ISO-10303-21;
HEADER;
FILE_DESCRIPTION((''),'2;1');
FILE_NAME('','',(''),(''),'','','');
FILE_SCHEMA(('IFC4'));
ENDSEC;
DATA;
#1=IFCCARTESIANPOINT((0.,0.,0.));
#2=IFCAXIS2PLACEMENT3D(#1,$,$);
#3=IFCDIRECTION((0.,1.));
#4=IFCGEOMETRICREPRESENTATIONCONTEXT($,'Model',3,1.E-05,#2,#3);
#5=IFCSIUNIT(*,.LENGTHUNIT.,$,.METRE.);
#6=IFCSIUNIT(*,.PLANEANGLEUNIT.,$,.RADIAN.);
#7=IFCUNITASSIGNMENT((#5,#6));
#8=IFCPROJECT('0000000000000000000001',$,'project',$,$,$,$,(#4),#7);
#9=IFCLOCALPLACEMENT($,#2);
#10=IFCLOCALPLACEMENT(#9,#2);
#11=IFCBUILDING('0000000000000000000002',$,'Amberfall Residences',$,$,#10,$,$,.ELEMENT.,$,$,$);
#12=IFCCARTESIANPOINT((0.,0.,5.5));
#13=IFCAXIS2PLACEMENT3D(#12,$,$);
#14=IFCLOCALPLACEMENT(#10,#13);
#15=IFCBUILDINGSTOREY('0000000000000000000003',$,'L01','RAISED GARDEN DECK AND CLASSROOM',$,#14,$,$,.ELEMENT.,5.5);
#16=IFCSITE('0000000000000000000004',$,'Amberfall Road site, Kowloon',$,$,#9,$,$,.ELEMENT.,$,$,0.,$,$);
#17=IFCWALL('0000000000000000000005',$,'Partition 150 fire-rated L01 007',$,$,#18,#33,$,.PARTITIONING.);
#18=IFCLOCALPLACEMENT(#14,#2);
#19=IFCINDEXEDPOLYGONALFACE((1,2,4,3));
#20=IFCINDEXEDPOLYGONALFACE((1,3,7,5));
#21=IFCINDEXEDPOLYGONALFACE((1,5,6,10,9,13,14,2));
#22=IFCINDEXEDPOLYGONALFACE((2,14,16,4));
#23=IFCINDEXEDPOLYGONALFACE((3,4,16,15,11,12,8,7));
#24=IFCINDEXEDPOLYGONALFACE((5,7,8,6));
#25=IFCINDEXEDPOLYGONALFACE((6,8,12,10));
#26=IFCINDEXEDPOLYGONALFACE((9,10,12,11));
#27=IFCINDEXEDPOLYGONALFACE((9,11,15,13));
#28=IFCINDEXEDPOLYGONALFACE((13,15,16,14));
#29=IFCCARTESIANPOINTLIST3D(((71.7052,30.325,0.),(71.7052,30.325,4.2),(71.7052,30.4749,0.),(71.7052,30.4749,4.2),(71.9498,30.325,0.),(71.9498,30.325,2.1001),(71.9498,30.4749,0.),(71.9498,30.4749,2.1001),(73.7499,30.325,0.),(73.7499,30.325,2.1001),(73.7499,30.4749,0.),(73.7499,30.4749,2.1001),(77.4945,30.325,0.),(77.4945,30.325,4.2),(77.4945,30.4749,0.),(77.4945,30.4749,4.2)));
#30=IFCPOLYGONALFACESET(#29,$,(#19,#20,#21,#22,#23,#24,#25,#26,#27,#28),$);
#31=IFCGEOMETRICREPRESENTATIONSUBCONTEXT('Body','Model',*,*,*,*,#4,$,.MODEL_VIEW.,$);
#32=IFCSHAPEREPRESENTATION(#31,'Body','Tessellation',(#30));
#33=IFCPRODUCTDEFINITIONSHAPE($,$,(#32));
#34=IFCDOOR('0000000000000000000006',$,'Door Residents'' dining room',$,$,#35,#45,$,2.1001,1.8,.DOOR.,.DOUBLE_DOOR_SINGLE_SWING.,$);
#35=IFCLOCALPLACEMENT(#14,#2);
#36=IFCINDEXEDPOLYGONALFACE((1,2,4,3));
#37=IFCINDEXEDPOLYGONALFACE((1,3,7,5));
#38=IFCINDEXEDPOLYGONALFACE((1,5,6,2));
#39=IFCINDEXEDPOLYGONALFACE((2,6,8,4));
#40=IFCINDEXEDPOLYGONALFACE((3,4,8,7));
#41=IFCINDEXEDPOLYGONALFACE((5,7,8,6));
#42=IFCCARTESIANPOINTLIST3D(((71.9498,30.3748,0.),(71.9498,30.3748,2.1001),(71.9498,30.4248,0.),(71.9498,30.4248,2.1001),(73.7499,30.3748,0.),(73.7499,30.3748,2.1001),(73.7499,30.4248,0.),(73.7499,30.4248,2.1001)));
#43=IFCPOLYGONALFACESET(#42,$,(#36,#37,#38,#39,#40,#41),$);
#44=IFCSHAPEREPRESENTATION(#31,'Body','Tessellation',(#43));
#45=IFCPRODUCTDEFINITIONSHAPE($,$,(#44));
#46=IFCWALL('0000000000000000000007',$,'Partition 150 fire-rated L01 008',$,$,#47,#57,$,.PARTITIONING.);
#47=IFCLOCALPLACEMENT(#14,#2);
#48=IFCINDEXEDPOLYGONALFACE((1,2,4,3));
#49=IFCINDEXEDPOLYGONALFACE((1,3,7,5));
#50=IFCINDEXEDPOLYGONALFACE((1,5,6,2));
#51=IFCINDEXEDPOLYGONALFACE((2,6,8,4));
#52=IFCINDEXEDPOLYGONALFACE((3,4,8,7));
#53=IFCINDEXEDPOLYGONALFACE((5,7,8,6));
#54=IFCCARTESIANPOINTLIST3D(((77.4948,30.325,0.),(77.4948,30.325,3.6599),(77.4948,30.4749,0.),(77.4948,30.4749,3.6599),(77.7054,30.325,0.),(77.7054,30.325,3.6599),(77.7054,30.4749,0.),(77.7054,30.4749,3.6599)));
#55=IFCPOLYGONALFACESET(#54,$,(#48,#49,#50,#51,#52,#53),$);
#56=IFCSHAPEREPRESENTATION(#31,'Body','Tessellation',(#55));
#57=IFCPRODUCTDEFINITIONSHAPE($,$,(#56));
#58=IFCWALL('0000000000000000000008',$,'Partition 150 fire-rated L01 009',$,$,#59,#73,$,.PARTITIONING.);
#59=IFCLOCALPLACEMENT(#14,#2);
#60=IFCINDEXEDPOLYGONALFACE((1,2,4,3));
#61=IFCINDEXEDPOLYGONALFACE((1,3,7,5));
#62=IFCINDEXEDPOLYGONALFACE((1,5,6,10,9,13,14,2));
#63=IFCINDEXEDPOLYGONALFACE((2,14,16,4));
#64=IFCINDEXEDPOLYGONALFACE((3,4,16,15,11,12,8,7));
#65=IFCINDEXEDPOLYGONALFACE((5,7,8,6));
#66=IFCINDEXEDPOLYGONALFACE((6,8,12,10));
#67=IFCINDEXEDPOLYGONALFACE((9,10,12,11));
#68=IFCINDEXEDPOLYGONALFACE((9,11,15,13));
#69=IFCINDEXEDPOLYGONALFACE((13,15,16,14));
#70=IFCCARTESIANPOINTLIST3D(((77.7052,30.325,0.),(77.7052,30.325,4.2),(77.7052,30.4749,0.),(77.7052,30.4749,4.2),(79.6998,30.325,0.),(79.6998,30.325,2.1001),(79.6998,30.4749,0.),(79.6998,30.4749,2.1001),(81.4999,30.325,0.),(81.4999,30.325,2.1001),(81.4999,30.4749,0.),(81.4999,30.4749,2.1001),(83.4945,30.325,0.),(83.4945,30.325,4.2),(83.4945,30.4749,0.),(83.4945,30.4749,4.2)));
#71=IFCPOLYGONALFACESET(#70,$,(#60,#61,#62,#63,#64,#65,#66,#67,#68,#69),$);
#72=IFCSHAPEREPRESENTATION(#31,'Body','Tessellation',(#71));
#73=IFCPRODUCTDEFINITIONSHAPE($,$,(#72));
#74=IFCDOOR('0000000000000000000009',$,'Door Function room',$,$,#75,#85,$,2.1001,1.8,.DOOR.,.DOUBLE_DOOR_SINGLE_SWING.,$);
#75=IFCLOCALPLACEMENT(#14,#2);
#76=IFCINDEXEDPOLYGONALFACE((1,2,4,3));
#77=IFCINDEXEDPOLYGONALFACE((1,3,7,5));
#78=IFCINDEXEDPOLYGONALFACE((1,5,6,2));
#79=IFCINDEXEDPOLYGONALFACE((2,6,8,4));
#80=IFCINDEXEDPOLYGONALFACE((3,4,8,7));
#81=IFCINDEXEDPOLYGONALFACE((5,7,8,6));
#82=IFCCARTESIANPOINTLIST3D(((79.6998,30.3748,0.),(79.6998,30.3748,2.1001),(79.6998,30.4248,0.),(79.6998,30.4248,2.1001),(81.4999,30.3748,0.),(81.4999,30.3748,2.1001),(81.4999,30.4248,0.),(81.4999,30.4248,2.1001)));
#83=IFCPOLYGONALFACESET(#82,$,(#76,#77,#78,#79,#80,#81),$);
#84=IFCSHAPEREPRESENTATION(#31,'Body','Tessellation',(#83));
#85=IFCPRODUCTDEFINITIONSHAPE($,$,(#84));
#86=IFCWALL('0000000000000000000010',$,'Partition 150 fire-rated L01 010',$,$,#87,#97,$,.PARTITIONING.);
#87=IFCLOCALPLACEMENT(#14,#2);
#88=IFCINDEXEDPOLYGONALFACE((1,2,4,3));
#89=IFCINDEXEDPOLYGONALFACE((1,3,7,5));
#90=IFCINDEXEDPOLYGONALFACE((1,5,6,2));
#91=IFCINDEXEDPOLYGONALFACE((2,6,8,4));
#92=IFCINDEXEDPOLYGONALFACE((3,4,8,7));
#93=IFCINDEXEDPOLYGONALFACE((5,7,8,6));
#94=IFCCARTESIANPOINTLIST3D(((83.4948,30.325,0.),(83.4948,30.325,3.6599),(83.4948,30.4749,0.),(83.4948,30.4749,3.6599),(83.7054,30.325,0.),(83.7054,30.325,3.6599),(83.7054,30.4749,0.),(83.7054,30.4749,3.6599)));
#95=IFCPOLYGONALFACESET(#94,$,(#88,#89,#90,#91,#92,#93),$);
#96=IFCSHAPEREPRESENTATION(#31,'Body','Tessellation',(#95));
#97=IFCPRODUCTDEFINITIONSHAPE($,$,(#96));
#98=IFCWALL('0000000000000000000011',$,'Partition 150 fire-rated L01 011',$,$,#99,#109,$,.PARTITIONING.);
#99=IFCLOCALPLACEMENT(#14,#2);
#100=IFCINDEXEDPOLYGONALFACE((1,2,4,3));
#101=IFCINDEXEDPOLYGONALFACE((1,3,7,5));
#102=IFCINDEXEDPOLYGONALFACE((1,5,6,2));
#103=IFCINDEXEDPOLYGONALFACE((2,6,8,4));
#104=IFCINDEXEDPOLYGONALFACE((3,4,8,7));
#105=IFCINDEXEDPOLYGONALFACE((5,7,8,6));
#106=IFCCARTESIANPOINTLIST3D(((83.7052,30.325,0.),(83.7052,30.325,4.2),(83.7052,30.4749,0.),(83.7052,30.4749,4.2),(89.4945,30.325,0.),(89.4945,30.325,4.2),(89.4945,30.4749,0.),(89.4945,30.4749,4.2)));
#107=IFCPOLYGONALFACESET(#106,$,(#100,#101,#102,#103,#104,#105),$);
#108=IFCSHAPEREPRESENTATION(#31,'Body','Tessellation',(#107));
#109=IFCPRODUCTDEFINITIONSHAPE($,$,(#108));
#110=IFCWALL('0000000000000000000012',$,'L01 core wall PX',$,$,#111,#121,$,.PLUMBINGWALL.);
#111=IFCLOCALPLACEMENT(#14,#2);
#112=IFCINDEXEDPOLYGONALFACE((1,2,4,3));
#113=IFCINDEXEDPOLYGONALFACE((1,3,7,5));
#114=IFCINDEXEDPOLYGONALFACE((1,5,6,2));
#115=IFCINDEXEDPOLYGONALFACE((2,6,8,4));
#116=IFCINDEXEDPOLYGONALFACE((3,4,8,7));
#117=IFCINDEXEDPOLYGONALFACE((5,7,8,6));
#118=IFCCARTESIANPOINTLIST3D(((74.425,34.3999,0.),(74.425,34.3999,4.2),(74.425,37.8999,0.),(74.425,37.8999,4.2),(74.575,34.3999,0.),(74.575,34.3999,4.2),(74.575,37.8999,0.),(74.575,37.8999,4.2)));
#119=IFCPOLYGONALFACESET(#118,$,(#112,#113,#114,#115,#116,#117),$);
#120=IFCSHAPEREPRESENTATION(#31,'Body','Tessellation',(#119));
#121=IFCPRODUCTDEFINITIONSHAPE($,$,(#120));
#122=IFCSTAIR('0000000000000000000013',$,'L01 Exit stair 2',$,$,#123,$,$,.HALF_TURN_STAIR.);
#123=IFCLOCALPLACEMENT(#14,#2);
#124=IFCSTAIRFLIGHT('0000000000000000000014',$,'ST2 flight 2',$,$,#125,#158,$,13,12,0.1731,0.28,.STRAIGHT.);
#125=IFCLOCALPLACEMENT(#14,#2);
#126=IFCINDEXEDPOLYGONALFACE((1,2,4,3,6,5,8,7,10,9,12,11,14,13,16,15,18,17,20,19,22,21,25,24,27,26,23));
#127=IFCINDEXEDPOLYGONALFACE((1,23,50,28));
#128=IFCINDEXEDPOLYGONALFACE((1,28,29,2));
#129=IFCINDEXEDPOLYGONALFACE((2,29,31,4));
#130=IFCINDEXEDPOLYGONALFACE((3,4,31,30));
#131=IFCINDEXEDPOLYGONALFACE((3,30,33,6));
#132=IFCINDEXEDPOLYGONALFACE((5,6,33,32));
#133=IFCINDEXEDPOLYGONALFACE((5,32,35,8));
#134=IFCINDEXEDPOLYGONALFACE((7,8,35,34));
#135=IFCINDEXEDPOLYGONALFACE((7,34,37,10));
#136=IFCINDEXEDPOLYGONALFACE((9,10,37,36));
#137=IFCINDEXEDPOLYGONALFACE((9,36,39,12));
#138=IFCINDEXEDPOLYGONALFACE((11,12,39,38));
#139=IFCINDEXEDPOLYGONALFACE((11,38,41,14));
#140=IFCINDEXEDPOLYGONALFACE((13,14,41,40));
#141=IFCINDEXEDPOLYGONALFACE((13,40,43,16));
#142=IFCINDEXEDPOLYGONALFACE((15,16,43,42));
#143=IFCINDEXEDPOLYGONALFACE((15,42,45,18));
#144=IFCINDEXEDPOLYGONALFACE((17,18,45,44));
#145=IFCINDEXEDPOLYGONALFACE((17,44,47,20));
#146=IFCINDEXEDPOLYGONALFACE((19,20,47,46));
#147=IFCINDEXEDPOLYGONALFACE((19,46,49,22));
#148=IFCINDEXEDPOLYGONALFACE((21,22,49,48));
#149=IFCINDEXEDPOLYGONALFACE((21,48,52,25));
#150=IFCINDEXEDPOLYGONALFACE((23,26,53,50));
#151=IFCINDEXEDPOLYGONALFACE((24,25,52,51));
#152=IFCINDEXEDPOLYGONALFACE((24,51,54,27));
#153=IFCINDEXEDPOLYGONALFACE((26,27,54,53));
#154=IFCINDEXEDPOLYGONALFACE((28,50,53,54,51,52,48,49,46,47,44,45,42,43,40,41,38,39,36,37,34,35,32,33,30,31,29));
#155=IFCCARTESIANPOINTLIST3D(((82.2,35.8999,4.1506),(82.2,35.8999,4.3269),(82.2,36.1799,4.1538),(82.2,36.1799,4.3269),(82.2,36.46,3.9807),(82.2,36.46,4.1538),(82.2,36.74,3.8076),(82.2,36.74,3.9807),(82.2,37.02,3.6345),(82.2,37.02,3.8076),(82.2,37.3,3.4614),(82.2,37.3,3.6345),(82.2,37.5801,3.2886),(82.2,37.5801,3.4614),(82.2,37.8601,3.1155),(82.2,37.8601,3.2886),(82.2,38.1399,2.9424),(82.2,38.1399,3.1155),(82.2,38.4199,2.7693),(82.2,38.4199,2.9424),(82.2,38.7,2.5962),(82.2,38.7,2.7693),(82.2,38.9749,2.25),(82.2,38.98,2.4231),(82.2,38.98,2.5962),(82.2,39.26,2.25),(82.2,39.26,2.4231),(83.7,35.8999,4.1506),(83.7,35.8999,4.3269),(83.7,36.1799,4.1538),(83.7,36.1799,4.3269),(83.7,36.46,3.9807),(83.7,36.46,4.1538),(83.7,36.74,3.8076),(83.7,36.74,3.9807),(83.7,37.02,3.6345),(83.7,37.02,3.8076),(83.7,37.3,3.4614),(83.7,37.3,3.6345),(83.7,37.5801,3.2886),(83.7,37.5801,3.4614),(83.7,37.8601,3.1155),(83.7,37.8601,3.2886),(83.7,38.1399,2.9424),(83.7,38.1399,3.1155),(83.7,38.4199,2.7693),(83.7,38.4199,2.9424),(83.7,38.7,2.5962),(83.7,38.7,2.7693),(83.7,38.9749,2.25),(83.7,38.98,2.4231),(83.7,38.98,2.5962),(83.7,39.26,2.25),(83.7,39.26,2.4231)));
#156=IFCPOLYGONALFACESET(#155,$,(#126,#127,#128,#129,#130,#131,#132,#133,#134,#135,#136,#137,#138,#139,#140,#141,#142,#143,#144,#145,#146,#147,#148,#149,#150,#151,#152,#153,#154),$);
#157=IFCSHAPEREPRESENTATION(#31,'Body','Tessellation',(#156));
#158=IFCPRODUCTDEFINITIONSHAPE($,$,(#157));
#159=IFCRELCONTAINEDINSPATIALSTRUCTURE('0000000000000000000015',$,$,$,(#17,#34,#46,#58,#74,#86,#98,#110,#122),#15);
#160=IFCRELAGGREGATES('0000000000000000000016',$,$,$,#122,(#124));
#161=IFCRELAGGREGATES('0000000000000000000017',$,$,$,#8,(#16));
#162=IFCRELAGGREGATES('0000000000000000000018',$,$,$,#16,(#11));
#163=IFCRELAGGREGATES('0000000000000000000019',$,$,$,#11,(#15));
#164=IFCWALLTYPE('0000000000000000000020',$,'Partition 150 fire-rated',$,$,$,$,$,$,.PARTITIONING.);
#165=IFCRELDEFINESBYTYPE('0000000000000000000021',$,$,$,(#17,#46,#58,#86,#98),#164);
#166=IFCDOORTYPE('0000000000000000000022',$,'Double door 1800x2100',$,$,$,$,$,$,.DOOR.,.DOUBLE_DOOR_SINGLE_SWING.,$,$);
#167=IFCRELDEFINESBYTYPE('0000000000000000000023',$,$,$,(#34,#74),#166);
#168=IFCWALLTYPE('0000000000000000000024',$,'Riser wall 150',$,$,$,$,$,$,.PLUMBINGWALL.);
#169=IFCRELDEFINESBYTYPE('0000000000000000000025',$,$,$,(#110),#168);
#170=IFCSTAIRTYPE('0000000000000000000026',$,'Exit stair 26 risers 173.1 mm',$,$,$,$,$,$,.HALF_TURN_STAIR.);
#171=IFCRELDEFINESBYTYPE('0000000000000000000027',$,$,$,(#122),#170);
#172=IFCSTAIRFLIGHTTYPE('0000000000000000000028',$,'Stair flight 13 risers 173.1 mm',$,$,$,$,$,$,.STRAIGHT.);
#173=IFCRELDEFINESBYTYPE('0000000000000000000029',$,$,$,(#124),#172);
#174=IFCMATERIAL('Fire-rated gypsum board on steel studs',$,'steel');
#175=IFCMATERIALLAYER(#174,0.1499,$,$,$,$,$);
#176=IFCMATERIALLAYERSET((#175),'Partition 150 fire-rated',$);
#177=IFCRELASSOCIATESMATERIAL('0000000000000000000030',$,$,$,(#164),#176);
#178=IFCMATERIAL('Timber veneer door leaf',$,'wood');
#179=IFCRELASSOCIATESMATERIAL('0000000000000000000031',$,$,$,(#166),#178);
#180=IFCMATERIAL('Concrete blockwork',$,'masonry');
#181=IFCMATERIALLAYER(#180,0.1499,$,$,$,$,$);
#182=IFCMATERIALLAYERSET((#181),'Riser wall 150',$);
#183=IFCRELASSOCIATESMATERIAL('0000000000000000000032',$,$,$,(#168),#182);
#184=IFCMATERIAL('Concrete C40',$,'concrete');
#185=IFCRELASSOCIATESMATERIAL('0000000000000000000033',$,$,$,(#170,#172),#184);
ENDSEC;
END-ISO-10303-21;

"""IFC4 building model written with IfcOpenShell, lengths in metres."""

from ifc_helpers import new_model, si_unit, direction, frame, frame_2d, origin, place, context, subcontext, project, spatial, polyline, rectangle, outline, extrude, material, layer, layer_set, type_object, element, fill, aggregate, save


model = new_model("IFC4")

# Units and contexts
model_context = context("Model", 3, precision=1e-05, world=origin(), true_north=direction((0.0, 1.0)))
body_context = subcontext(model_context, "Body", "Model", "MODEL_VIEW")
ifc_project = project(units=[si_unit("LENGTHUNIT", "METRE"), si_unit("PLANEANGLEUNIT", "RADIAN")], contexts=[model_context])

# Site, building, storey
site_placement = place(None, origin())
site = spatial("IfcSite", under=ifc_project, at=site_placement, Name="Amberfall Road site, Kowloon", CompositionType="ELEMENT", RefElevation=0.0)
building_placement = place(site_placement, origin())
building = spatial("IfcBuilding", under=site, at=building_placement, Name="Amberfall Residences", CompositionType="ELEMENT")
storey_placement = place(building_placement, frame((0.0, 0.0, 5.5)))
storey = spatial("IfcBuildingStorey", under=building, at=storey_placement, Name="L01", Description="RAISED GARDEN DECK AND CLASSROOM", CompositionType="ELEMENT", Elevation=5.5)

# Wall, opening, door
ifc_material_1 = material(Name="Fire-rated gypsum board on steel studs", Category="steel")
ifc_layer_1 = layer(ifc_material_1, 0.1499)
ifc_layer_set_1 = layer_set([ifc_layer_1], Name="Partition 150 fire-rated")
wall_type_1 = type_object("IfcWallType", Name="Partition 150 fire-rated", PredefinedType="PARTITIONING", material=ifc_layer_set_1)
wall_1_placement = place(storey_placement, frame((71.7053, 30.3999, 0.0), z_axis=(0.0, 0.0, 1.0), x_axis=(1.0, 0.0, 0.0)))
wall_1 = element("IfcWall", 1, at=wall_1_placement, inside=storey, type_object=wall_type_1, Name="Partition 150 fire-rated L01 007", PredefinedType="PARTITIONING", context=body_context, shape_type="SweptSolid", body=[
    extrude(rectangle(XDim=5.7893, YDim=0.1499, at=frame_2d((2.8945, 0.0))), origin(), (0.0, 0.0, 1.0), 4.2),
])
opening_1_placement = place(wall_1_placement, frame((0.2446, 0.0, 0.0)))
opening_1 = element("IfcOpeningElement", 2, at=opening_1_placement, cuts=wall_1, PredefinedType="OPENING", context=body_context, shape_type="SweptSolid", body=[
    extrude(rectangle(XDim=1.8, YDim=2.1001, at=frame_2d((0.8999, 1.05))), frame((0.0, 0.085, 0.0), z_axis=(0.0, -1.0, 0.0), x_axis=(1.0, 0.0, 0.0)), (0.0, 0.0, 1.0), 0.1699),
])
ifc_material_2 = material(Name="Timber veneer door leaf", Category="wood")
door_type = type_object("IfcDoorType", Name="Double door 1800x2100", OperationType="DOUBLE_DOOR_SINGLE_SWING", PredefinedType="DOOR", material=ifc_material_2)
door_1_placement = place(opening_1_placement, origin())
door_1 = element("IfcDoor", 3, at=door_1_placement, inside=storey, type_object=door_type, Name="Door Residents' dining room", OperationType="DOUBLE_DOOR_SINGLE_SWING", OverallHeight=2.1001, OverallWidth=1.8, PredefinedType="DOOR", context=body_context, shape_type="SweptSolid", body=[
    extrude(rectangle(XDim=1.8, YDim=2.1001, at=frame_2d((0.8999, 1.05))), frame((0.0, 0.0249, 0.0), z_axis=(0.0, -1.0, 0.0), x_axis=(1.0, 0.0, 0.0)), (0.0, 0.0, 1.0), 0.05),
])
fill(opening_1, door_1)

# Wall
wall_2_placement = place(storey_placement, frame((77.4946, 30.3999, 0.0), z_axis=(0.0, 0.0, 1.0), x_axis=(1.0, 0.0, 0.0)))
element("IfcWall", 4, at=wall_2_placement, inside=storey, type_object=wall_type_1, Name="Partition 150 fire-rated L01 008", PredefinedType="PARTITIONING", context=body_context, shape_type="SweptSolid", body=[
    extrude(rectangle(XDim=0.2107, YDim=0.1499, at=frame_2d((0.1055, 0.0))), origin(), (0.0, 0.0, 1.0), 3.6599),
])

# Wall, opening, door
wall_3_placement = place(storey_placement, frame((77.7053, 30.3999, 0.0), z_axis=(0.0, 0.0, 1.0), x_axis=(1.0, 0.0, 0.0)))
wall_3 = element("IfcWall", 5, at=wall_3_placement, inside=storey, type_object=wall_type_1, Name="Partition 150 fire-rated L01 009", PredefinedType="PARTITIONING", context=body_context, shape_type="SweptSolid", body=[
    extrude(rectangle(XDim=5.7893, YDim=0.1499, at=frame_2d((2.8945, 0.0))), origin(), (0.0, 0.0, 1.0), 4.2),
])
opening_2_placement = place(wall_3_placement, frame((1.9946, 0.0, 0.0)))
opening_2 = element("IfcOpeningElement", 6, at=opening_2_placement, cuts=wall_3, PredefinedType="OPENING", context=body_context, shape_type="SweptSolid", body=[
    extrude(rectangle(XDim=1.8, YDim=2.1001, at=frame_2d((0.8999, 1.05))), frame((0.0, 0.085, 0.0), z_axis=(0.0, -1.0, 0.0), x_axis=(1.0, 0.0, 0.0)), (0.0, 0.0, 1.0), 0.1699),
])
door_2_placement = place(opening_2_placement, origin())
door_2 = element("IfcDoor", 7, at=door_2_placement, inside=storey, type_object=door_type, Name="Door Function room", OperationType="DOUBLE_DOOR_SINGLE_SWING", OverallHeight=2.1001, OverallWidth=1.8, PredefinedType="DOOR", context=body_context, shape_type="SweptSolid", body=[
    extrude(rectangle(XDim=1.8, YDim=2.1001, at=frame_2d((0.8999, 1.05))), frame((0.0, 0.0249, 0.0), z_axis=(0.0, -1.0, 0.0), x_axis=(1.0, 0.0, 0.0)), (0.0, 0.0, 1.0), 0.05),
])
fill(opening_2, door_2)

# Walls
wall_4_placement = place(storey_placement, frame((83.4946, 30.3999, 0.0), z_axis=(0.0, 0.0, 1.0), x_axis=(1.0, 0.0, 0.0)))
element("IfcWall", 8, at=wall_4_placement, inside=storey, type_object=wall_type_1, Name="Partition 150 fire-rated L01 010", PredefinedType="PARTITIONING", context=body_context, shape_type="SweptSolid", body=[
    extrude(rectangle(XDim=0.2107, YDim=0.1499, at=frame_2d((0.1055, 0.0))), origin(), (0.0, 0.0, 1.0), 3.6599),
])
wall_5_placement = place(storey_placement, frame((83.7053, 30.3999, 0.0), z_axis=(0.0, 0.0, 1.0), x_axis=(1.0, 0.0, 0.0)))
element("IfcWall", 9, at=wall_5_placement, inside=storey, type_object=wall_type_1, Name="Partition 150 fire-rated L01 011", PredefinedType="PARTITIONING", context=body_context, shape_type="SweptSolid", body=[
    extrude(rectangle(XDim=5.7893, YDim=0.1499, at=frame_2d((2.8945, 0.0))), origin(), (0.0, 0.0, 1.0), 4.2),
])
ifc_material_3 = material(Name="Concrete blockwork", Category="masonry")
ifc_layer_2 = layer(ifc_material_3, 0.1499)
ifc_layer_set_2 = layer_set([ifc_layer_2], Name="Riser wall 150")
wall_type_2 = type_object("IfcWallType", Name="Riser wall 150", PredefinedType="PLUMBINGWALL", material=ifc_layer_set_2)
wall_6_placement = place(storey_placement, frame((74.5, 34.3999, 0.0), z_axis=(0.0, 0.0, 1.0), x_axis=(0.0, 1.0, 0.0)))
element("IfcWall", 10, at=wall_6_placement, inside=storey, type_object=wall_type_2, Name="L01 core wall PX", PredefinedType="PLUMBINGWALL", context=body_context, shape_type="SweptSolid", body=[
    extrude(rectangle(XDim=3.5, YDim=0.1499, at=frame_2d((1.75, 0.0))), origin(), (0.0, 0.0, 1.0), 4.2),
])

# Stair, stair flight
ifc_material_4 = material(Name="Concrete C40", Category="concrete")
stair_type = type_object("IfcStairType", Name="Exit stair 26 risers 173.1 mm", PredefinedType="HALF_TURN_STAIR", material=ifc_material_4)
stair_placement = place(storey_placement, origin())
stair = element("IfcStair", 11, at=stair_placement, inside=storey, type_object=stair_type, Name="L01 Exit stair 2", PredefinedType="HALF_TURN_STAIR")
stair_flight_type = type_object("IfcStairFlightType", Name="Stair flight 13 risers 173.1 mm", PredefinedType="STRAIGHT", material=ifc_material_4)
stair_flight_placement = place(storey_placement, frame((82.95, 39.26, 2.25), z_axis=(0.0, 0.0, 1.0), x_axis=(0.0, -1.0, 0.0)))
stair_flight = element("IfcStairFlight", 12, at=stair_flight_placement, type_object=stair_flight_type, Name="ST2 flight 2", NumberOfRisers=13, NumberOfTreads=12, PredefinedType="STRAIGHT", RiserHeight=0.1731, TreadLength=0.28, context=body_context, shape_type="SweptSolid", body=[
    extrude(outline(polyline([(0.0, 0.0), (0.0, 0.1731), (0.28, 0.1731), (0.28, 0.3462), (0.5601, 0.3462), (0.5601, 0.5193), (0.8401, 0.5193), (0.8401, 0.6924), (1.1201, 0.6924), (1.1201, 0.8655), (1.3999, 0.8655), (1.3999, 1.0386), (1.6799, 1.0386), (1.6799, 1.2114), (1.96, 1.2114), (1.96, 1.3845), (2.24, 1.3845), (2.24, 1.5576), (2.52, 1.5576), (2.52, 1.7307), (2.8, 1.7307), (2.8, 1.9038), (3.0801, 1.9038), (3.0801, 2.0769), (3.3601, 2.0769), (3.3601, 2.25), (3.3601, 1.9006), (0.2852, 0.0), (0.0, 0.0)])), frame((0.0, 0.75, 0.0), z_axis=(0.0, -1.0, 0.0), x_axis=(1.0, 0.0, 0.0)), (0.0, 0.0, 1.0), 1.5),
])
aggregate(stair, [stair_flight])

save(model, "model.ifc")
